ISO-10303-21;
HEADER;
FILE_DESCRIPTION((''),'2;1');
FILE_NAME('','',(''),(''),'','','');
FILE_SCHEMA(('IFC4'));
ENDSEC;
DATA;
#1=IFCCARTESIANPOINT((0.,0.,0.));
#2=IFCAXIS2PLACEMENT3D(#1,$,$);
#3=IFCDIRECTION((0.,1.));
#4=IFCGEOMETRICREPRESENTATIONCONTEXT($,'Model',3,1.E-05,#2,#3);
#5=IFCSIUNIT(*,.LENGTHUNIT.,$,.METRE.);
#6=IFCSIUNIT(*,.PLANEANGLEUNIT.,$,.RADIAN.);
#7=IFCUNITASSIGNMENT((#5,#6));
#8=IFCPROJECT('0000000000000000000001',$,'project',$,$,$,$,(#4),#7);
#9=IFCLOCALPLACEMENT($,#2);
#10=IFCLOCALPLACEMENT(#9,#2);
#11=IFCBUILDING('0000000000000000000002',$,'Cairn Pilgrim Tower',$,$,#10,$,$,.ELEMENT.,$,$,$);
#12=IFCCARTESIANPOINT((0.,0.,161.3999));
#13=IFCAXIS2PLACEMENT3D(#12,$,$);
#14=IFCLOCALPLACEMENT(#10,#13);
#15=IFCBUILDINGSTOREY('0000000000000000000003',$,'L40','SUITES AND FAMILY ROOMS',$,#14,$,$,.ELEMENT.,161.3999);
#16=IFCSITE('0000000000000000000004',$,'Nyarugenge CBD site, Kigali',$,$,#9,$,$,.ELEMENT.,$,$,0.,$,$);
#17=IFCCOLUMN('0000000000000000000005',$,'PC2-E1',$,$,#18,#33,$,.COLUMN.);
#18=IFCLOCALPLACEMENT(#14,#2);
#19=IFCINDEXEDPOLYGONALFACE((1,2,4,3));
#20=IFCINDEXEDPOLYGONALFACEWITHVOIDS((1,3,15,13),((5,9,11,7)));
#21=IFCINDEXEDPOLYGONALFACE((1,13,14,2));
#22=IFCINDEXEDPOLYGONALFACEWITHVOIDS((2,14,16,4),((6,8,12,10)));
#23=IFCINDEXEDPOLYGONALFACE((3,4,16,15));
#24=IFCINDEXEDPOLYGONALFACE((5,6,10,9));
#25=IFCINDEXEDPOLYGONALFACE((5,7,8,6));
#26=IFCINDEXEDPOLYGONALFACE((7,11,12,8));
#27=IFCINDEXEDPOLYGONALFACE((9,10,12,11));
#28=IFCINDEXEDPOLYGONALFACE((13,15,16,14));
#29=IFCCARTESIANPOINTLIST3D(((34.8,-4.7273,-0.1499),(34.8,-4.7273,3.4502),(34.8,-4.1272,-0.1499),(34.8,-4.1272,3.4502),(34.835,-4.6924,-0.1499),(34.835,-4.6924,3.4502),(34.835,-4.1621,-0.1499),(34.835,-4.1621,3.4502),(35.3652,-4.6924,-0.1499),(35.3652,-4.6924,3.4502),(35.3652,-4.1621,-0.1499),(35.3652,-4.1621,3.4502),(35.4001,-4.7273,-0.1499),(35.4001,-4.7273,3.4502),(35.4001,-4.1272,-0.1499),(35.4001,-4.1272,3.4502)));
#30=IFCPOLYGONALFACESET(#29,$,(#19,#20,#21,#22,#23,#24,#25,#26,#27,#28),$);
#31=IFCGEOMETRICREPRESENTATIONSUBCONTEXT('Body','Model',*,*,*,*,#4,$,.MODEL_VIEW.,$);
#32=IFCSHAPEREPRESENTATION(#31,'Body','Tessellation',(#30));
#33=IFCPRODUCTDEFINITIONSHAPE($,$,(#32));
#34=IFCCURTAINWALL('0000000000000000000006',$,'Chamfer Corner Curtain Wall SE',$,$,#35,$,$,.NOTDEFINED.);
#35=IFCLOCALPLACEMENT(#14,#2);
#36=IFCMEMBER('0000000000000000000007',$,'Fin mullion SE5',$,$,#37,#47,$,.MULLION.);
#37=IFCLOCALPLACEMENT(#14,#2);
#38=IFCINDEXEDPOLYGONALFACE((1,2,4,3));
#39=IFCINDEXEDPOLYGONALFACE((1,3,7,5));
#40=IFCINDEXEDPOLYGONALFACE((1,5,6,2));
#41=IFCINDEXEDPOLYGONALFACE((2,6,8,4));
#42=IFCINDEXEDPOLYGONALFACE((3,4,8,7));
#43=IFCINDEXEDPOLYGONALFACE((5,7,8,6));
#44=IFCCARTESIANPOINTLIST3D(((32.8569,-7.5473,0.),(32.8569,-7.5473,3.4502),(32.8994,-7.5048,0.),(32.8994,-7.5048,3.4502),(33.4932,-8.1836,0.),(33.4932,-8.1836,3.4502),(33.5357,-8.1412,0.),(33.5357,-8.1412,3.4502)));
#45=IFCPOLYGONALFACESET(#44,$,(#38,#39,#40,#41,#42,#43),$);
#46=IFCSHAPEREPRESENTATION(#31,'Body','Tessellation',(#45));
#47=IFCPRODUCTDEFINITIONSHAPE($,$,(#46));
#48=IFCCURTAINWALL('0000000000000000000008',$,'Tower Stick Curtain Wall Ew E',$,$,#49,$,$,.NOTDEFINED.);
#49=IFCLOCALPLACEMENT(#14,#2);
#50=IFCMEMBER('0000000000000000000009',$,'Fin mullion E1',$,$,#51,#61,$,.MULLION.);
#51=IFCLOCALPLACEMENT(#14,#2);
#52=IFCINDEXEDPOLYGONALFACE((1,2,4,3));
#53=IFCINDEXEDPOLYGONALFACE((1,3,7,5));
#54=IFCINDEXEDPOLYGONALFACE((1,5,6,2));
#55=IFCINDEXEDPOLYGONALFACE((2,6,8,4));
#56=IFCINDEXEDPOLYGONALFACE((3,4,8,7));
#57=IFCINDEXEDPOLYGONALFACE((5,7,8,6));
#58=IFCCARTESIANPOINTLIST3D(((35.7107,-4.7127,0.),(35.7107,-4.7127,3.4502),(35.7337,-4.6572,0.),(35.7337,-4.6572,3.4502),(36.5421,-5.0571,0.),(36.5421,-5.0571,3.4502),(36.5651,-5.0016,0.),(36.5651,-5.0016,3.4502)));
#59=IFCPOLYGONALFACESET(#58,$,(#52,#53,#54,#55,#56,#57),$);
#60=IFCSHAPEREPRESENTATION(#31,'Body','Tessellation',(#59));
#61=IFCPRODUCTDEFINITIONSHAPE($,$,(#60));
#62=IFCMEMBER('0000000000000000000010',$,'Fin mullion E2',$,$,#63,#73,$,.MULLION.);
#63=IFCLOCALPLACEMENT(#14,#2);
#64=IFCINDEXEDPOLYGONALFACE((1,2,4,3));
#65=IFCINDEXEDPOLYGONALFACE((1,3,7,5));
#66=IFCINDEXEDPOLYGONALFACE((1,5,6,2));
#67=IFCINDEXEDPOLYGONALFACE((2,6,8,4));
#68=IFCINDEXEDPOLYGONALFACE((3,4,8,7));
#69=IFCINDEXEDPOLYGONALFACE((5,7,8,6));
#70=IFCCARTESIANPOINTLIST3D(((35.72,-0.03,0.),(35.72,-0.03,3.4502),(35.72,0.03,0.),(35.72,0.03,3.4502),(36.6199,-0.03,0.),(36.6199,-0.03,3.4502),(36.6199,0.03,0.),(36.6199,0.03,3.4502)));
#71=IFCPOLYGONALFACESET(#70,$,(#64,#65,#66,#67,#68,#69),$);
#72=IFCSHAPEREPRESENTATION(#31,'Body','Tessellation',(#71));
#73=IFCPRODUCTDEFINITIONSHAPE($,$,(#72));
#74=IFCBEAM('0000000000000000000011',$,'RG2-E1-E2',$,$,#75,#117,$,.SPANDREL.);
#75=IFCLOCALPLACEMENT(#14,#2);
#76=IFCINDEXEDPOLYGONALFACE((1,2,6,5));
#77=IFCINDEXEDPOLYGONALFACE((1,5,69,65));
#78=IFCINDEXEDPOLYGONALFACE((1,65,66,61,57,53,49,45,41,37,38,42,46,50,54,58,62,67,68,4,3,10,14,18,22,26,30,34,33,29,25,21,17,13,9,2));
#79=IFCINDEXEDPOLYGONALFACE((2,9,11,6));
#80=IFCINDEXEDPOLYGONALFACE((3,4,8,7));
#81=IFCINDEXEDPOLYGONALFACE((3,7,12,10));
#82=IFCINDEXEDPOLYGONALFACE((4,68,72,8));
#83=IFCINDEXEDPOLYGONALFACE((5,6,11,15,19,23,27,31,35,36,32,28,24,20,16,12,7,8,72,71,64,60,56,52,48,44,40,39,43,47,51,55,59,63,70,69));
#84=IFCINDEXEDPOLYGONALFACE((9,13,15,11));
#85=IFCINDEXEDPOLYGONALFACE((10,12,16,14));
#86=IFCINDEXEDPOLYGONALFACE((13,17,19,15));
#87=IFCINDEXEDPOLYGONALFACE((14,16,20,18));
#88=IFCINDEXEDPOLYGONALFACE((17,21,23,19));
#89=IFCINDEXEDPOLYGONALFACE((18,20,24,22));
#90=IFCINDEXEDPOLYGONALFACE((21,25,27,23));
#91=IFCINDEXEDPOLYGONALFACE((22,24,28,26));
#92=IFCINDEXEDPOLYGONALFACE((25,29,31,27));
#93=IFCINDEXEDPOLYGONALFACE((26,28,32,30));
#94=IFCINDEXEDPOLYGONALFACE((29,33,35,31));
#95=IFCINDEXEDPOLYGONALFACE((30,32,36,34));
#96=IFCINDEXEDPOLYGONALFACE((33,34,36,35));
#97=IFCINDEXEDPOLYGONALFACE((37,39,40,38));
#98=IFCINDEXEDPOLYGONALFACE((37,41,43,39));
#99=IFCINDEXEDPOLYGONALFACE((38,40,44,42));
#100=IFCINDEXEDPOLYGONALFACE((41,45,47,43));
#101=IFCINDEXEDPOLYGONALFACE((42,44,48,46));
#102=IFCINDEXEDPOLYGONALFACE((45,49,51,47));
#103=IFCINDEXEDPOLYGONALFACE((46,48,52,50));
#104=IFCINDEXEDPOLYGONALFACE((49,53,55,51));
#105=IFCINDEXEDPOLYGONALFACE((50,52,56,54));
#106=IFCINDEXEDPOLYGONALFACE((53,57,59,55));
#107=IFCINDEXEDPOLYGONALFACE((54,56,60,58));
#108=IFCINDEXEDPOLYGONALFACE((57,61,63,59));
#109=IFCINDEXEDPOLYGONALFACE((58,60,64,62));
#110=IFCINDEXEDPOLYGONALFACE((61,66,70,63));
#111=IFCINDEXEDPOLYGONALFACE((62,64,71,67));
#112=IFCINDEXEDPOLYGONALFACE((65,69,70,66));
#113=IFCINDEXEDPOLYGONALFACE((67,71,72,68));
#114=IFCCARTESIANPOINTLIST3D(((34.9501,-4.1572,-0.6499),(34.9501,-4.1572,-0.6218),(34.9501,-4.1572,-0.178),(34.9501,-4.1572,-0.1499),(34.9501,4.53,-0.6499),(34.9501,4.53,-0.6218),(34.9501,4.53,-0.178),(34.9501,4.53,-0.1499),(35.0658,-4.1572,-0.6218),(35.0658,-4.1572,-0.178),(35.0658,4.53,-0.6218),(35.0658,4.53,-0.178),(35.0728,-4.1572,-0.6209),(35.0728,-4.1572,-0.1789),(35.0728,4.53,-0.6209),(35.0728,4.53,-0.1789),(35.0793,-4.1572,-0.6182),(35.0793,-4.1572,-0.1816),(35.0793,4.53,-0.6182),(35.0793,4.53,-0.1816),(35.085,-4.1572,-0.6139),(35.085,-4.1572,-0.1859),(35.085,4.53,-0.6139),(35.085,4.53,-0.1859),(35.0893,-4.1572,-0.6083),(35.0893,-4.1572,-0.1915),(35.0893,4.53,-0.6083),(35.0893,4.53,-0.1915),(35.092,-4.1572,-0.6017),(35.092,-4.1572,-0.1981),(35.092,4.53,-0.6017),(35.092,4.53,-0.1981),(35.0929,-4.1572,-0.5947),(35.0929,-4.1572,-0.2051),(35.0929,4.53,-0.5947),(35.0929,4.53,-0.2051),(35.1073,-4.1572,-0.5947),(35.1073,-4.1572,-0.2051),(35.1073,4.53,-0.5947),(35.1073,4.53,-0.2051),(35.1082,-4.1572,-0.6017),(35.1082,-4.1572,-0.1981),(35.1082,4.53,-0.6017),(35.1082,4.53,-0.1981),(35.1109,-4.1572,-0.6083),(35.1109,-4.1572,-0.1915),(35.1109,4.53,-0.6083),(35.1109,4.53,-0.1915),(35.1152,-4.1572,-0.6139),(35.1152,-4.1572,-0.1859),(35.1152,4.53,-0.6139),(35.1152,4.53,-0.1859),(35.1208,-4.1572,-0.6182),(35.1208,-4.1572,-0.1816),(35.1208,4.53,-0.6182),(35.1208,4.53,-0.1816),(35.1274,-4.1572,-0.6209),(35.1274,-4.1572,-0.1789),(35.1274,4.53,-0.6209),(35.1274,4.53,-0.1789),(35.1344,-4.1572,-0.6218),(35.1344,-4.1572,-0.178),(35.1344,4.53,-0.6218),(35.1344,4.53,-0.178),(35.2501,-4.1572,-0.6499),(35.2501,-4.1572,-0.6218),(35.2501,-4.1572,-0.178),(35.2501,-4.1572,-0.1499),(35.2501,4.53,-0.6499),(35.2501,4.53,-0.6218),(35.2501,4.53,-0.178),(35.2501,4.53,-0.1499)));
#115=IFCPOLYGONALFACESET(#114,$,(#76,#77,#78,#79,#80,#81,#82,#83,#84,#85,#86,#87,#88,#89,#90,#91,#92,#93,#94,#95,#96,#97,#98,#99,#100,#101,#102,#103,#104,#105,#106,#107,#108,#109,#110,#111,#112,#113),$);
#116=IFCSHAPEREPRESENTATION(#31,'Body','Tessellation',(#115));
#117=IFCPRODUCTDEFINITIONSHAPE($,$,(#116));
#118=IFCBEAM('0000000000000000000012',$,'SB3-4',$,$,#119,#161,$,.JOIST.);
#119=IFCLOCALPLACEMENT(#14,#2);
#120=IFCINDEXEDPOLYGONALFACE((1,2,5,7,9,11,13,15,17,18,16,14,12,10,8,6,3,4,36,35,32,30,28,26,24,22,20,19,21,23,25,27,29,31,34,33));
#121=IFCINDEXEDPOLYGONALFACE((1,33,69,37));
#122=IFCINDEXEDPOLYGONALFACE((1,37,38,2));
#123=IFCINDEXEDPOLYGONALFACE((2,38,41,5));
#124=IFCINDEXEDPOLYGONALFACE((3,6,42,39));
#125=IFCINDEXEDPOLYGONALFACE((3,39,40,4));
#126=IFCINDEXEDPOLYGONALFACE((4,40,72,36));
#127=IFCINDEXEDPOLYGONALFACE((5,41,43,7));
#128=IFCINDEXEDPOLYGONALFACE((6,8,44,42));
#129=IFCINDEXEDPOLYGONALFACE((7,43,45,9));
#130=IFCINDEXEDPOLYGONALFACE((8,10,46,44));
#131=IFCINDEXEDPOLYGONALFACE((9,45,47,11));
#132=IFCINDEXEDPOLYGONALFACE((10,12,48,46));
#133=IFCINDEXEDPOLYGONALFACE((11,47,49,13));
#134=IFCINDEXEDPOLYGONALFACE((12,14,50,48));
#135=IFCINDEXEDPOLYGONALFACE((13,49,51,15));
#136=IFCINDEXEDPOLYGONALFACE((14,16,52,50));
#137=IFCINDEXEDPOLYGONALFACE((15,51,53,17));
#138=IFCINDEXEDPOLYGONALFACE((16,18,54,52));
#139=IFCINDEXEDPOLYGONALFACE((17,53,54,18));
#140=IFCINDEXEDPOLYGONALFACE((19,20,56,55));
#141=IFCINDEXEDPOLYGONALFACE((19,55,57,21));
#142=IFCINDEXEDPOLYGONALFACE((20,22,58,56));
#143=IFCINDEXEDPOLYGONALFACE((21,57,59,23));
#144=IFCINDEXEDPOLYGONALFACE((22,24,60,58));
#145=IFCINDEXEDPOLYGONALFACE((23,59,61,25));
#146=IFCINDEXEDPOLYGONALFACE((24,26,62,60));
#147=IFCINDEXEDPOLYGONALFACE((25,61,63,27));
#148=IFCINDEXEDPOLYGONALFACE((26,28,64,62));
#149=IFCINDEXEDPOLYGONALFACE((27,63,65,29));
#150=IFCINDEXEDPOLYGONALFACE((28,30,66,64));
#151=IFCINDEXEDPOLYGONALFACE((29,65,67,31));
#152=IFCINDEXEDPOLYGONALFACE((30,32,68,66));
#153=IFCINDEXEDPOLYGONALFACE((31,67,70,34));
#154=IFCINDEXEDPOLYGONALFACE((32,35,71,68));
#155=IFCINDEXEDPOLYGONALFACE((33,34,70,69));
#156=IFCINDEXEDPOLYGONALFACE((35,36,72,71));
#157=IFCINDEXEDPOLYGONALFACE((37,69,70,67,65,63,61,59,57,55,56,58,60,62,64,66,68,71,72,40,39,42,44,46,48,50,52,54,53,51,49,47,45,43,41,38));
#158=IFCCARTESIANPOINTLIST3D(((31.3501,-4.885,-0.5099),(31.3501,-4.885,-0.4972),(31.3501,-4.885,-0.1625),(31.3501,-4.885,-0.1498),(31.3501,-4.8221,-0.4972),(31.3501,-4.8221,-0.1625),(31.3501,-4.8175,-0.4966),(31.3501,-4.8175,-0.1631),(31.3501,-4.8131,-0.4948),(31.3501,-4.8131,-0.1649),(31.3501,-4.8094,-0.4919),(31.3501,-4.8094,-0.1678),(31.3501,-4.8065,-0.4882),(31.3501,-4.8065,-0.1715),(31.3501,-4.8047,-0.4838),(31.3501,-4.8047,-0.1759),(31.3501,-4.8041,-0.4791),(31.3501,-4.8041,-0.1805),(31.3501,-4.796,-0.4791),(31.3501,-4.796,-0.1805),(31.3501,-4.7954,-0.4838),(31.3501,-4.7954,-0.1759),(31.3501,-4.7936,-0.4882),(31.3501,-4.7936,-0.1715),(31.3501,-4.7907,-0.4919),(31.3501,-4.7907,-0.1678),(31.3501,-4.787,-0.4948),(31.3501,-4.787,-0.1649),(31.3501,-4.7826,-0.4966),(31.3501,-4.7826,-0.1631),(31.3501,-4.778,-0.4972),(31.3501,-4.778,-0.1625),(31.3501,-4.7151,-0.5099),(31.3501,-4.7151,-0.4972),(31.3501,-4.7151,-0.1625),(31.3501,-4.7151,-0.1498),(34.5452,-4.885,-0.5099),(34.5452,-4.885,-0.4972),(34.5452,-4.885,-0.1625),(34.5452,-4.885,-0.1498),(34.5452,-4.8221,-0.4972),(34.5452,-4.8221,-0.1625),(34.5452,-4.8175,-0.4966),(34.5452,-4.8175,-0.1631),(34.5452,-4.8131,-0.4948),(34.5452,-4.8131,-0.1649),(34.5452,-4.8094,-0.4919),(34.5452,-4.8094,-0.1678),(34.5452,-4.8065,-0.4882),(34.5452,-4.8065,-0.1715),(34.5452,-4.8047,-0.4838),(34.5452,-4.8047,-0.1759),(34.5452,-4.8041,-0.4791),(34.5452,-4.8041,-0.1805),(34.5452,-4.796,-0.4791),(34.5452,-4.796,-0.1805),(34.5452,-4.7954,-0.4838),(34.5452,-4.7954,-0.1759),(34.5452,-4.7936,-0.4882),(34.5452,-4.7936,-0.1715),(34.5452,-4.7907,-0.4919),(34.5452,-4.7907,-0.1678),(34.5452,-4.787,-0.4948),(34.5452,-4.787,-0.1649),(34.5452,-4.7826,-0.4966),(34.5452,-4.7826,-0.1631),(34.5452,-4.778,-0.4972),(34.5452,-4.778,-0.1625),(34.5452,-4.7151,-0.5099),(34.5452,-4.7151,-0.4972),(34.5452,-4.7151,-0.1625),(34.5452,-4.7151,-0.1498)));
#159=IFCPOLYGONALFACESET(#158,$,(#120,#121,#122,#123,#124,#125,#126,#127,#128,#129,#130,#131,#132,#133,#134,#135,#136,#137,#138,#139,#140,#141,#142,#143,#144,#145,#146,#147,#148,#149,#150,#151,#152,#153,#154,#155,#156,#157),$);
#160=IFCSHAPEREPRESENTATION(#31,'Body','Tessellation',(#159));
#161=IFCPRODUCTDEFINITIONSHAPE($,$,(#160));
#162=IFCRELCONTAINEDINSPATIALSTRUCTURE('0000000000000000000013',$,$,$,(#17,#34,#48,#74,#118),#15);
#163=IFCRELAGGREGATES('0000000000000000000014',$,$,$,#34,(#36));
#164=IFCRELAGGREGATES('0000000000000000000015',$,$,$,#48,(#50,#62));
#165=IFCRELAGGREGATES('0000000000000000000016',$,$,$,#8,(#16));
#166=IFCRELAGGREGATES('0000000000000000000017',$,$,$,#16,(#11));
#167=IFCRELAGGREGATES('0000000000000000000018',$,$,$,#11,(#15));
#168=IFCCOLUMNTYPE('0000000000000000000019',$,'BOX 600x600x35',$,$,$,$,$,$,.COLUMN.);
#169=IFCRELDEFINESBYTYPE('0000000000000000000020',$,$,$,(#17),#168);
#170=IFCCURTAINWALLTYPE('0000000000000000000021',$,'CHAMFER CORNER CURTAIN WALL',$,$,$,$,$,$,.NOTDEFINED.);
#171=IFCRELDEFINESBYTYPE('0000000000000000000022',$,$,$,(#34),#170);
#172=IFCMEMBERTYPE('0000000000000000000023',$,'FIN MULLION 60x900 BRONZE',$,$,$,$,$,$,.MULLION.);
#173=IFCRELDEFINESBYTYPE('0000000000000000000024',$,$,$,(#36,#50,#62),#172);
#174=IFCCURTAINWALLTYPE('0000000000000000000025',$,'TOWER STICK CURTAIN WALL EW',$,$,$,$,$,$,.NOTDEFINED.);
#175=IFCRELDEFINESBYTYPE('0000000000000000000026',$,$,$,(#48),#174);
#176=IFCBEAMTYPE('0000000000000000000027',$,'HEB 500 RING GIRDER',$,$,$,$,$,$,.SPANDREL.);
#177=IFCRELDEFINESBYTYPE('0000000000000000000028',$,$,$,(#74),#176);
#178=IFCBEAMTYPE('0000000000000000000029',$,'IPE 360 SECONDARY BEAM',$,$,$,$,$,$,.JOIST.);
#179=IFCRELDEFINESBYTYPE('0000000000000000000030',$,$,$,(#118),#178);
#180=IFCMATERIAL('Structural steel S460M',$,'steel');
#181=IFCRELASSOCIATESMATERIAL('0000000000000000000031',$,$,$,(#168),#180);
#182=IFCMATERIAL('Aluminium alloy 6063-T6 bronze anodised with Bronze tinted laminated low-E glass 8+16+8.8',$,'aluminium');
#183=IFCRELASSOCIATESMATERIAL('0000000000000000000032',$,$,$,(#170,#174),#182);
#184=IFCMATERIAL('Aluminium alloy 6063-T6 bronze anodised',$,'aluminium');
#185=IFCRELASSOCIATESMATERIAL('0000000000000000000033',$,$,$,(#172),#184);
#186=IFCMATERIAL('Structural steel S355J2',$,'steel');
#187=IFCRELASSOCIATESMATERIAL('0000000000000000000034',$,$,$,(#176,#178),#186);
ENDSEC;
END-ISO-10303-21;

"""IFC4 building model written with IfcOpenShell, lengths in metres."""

from ifc_helpers import new_model, si_unit, direction, frame, origin, origin_2d, place, context, subcontext, project, spatial, rectangle, hollow_rectangle, i_section, extrude, material, material_profile, profile_set, type_object, element, aggregate, save


model = new_model("IFC4")

# Units and contexts
model_context = context("Model", 3, precision=1e-05, world=origin(), true_north=direction((0.0, 1.0)))
body_context = subcontext(model_context, "Body", "Model", "MODEL_VIEW")
ifc_project = project(units=[si_unit("LENGTHUNIT", "METRE"), si_unit("PLANEANGLEUNIT", "RADIAN")], contexts=[model_context])

# Site, building, storey
site_placement = place(None, origin())
site = spatial("IfcSite", under=ifc_project, at=site_placement, Name="Nyarugenge CBD site, Kigali", CompositionType="ELEMENT", RefElevation=0.0)
building_placement = place(site_placement, origin())
building = spatial("IfcBuilding", under=site, at=building_placement, Name="Cairn Pilgrim Tower", CompositionType="ELEMENT")
storey_placement = place(building_placement, frame((0.0, 0.0, 161.3999)))
storey = spatial("IfcBuildingStorey", under=building, at=storey_placement, Name="L40", Description="SUITES AND FAMILY ROOMS", CompositionType="ELEMENT", Elevation=161.3999)

# Column
ifc_material_1 = material(Name="Structural steel S460M", Category="steel")
ifc_material_profile_1 = material_profile(ifc_material_1, hollow_rectangle(XDim=0.6001, YDim=0.6001, WallThickness=0.0349, at=origin_2d()), Name="BOX 600x600x35")
ifc_profile_set_1 = profile_set([ifc_material_profile_1], Name="Structural steel S460M")
column_type = type_object("IfcColumnType", Name="BOX 600x600x35", PredefinedType="COLUMN", material=ifc_profile_set_1)
column_placement = place(storey_placement, frame((35.1001, -4.4272, -0.1499), z_axis=(0.0, 0.0, 1.0), x_axis=(1.0, 0.0, 0.0)))
element("IfcColumn", 1, at=column_placement, inside=storey, type_object=column_type, Name="PC2-E1", PredefinedType="COLUMN", context=body_context, shape_type="SweptSolid", body=[
    extrude(hollow_rectangle(XDim=0.6001, YDim=0.6001, WallThickness=0.0349, at=origin_2d()), origin(), (0.0, 0.0, 1.0), 3.6001),
])

# Curtain wall, member
ifc_material_2 = material(Name="Aluminium alloy 6063-T6 bronze anodised with Bronze tinted laminated low-E glass 8+16+8.8", Category="aluminium")
curtain_wall_type_1 = type_object("IfcCurtainWallType", Name="CHAMFER CORNER CURTAIN WALL", PredefinedType="NOTDEFINED", material=ifc_material_2)
curtain_wall_1_placement = place(storey_placement, origin())
curtain_wall_1 = element("IfcCurtainWall", 2, at=curtain_wall_1_placement, inside=storey, type_object=curtain_wall_type_1, Name="Chamfer Corner Curtain Wall SE", PredefinedType="NOTDEFINED")
ifc_material_3 = material(Name="Aluminium alloy 6063-T6 bronze anodised", Category="aluminium")
ifc_material_profile_2 = material_profile(ifc_material_3, rectangle(XDim=0.8999, YDim=0.0601, at=origin_2d()), Name="FIN MULLION 60x900 BRONZE")
ifc_profile_set_2 = profile_set([ifc_material_profile_2], Name="Aluminium alloy 6063-T6 bronze anodised")
member_type_1 = type_object("IfcMemberType", Name="FIN MULLION 60x900 BRONZE", PredefinedType="MULLION", material=ifc_profile_set_2)
member_1_placement = place(storey_placement, frame((33.1963, -7.8442, 0.0), z_axis=(0.0, 0.0, 1.0), x_axis=(0.707107, -0.707107, 0.0)))
member_1 = element("IfcMember", 3, at=member_1_placement, type_object=member_type_1, Name="Fin mullion SE5", PredefinedType="MULLION", context=body_context, shape_type="SweptSolid", body=[
    extrude(rectangle(XDim=0.8999, YDim=0.0601, at=origin_2d()), origin(), (0.0, 0.0, 1.0), 3.4502),
])
aggregate(curtain_wall_1, [member_1])

# Curtain wall, members
curtain_wall_type_2 = type_object("IfcCurtainWallType", Name="TOWER STICK CURTAIN WALL EW", PredefinedType="NOTDEFINED", material=ifc_material_2)
curtain_wall_2_placement = place(storey_placement, origin())
curtain_wall_2 = element("IfcCurtainWall", 4, at=curtain_wall_2_placement, inside=storey, type_object=curtain_wall_type_2, Name="Tower Stick Curtain Wall Ew E", PredefinedType="NOTDEFINED")
member_2_placement = place(storey_placement, frame((36.1379, -4.8572, 0.0), z_axis=(0.0, 0.0, 1.0), x_axis=(0.92388, -0.382683, 0.0)))
member_2 = element("IfcMember", 5, at=member_2_placement, type_object=member_type_1, Name="Fin mullion E1", PredefinedType="MULLION", context=body_context, shape_type="SweptSolid", body=[
    extrude(rectangle(XDim=0.8999, YDim=0.0601, at=origin_2d()), origin(), (0.0, 0.0, 1.0), 3.4502),
])
member_3_placement = place(storey_placement, frame((36.1699, 0.0, 0.0), z_axis=(0.0, 0.0, 1.0), x_axis=(1.0, 0.0, 0.0)))
member_3 = element("IfcMember", 6, at=member_3_placement, type_object=member_type_1, Name="Fin mullion E2", PredefinedType="MULLION", context=body_context, shape_type="SweptSolid", body=[
    extrude(rectangle(XDim=0.8999, YDim=0.0601, at=origin_2d()), origin(), (0.0, 0.0, 1.0), 3.4502),
])

# Beams
ifc_material_4 = material(Name="Structural steel S355J2", Category="steel")
ifc_material_profile_3 = material_profile(ifc_material_4, i_section(OverallWidth=0.3, OverallDepth=0.5, WebThickness=0.0144, FlangeThickness=0.0281, FilletRadius=0.0271, at=origin_2d()), Name="HEB 500")
ifc_profile_set_3 = profile_set([ifc_material_profile_3], Name="Structural steel S355J2")
beam_type_1 = type_object("IfcBeamType", Name="HEB 500 RING GIRDER", PredefinedType="SPANDREL", material=ifc_profile_set_3)
beam_1_placement = place(storey_placement, frame((35.1001, -4.1572, -0.3999), z_axis=(0.0, 1.0, 0.0), x_axis=(-1.0, 0.0, 0.0)))
element("IfcBeam", 7, at=beam_1_placement, inside=storey, type_object=beam_type_1, Name="RG2-E1-E2", PredefinedType="SPANDREL", context=body_context, shape_type="SweptSolid", body=[
    extrude(i_section(OverallWidth=0.3, OverallDepth=0.5, WebThickness=0.0144, FlangeThickness=0.0281, FilletRadius=0.0271, at=origin_2d()), origin(), (0.0, 0.0, 1.0), 8.6873),
])
ifc_material_profile_4 = material_profile(ifc_material_4, i_section(OverallWidth=0.1699, OverallDepth=0.3601, WebThickness=0.0081, FlangeThickness=0.0127, FilletRadius=0.0181, at=origin_2d()), Name="IPE 360")
ifc_profile_set_4 = profile_set([ifc_material_profile_4], Name="Structural steel S355J2")
beam_type_2 = type_object("IfcBeamType", Name="IPE 360 SECONDARY BEAM", PredefinedType="JOIST", material=ifc_profile_set_4)
beam_2_placement = place(storey_placement, frame((31.3501, -4.8, -0.3298), z_axis=(1.0, 0.0, 0.0), x_axis=(0.0, 1.0, 0.0)))
element("IfcBeam", 8, at=beam_2_placement, inside=storey, type_object=beam_type_2, Name="SB3-4", PredefinedType="JOIST", context=body_context, shape_type="SweptSolid", body=[
    extrude(i_section(OverallWidth=0.1699, OverallDepth=0.3601, WebThickness=0.0081, FlangeThickness=0.0127, FilletRadius=0.0181, at=origin_2d()), origin(), (0.0, 0.0, 1.0), 3.1951),
])

aggregate(curtain_wall_2, [member_2, member_3])

save(model, "model.ifc")
